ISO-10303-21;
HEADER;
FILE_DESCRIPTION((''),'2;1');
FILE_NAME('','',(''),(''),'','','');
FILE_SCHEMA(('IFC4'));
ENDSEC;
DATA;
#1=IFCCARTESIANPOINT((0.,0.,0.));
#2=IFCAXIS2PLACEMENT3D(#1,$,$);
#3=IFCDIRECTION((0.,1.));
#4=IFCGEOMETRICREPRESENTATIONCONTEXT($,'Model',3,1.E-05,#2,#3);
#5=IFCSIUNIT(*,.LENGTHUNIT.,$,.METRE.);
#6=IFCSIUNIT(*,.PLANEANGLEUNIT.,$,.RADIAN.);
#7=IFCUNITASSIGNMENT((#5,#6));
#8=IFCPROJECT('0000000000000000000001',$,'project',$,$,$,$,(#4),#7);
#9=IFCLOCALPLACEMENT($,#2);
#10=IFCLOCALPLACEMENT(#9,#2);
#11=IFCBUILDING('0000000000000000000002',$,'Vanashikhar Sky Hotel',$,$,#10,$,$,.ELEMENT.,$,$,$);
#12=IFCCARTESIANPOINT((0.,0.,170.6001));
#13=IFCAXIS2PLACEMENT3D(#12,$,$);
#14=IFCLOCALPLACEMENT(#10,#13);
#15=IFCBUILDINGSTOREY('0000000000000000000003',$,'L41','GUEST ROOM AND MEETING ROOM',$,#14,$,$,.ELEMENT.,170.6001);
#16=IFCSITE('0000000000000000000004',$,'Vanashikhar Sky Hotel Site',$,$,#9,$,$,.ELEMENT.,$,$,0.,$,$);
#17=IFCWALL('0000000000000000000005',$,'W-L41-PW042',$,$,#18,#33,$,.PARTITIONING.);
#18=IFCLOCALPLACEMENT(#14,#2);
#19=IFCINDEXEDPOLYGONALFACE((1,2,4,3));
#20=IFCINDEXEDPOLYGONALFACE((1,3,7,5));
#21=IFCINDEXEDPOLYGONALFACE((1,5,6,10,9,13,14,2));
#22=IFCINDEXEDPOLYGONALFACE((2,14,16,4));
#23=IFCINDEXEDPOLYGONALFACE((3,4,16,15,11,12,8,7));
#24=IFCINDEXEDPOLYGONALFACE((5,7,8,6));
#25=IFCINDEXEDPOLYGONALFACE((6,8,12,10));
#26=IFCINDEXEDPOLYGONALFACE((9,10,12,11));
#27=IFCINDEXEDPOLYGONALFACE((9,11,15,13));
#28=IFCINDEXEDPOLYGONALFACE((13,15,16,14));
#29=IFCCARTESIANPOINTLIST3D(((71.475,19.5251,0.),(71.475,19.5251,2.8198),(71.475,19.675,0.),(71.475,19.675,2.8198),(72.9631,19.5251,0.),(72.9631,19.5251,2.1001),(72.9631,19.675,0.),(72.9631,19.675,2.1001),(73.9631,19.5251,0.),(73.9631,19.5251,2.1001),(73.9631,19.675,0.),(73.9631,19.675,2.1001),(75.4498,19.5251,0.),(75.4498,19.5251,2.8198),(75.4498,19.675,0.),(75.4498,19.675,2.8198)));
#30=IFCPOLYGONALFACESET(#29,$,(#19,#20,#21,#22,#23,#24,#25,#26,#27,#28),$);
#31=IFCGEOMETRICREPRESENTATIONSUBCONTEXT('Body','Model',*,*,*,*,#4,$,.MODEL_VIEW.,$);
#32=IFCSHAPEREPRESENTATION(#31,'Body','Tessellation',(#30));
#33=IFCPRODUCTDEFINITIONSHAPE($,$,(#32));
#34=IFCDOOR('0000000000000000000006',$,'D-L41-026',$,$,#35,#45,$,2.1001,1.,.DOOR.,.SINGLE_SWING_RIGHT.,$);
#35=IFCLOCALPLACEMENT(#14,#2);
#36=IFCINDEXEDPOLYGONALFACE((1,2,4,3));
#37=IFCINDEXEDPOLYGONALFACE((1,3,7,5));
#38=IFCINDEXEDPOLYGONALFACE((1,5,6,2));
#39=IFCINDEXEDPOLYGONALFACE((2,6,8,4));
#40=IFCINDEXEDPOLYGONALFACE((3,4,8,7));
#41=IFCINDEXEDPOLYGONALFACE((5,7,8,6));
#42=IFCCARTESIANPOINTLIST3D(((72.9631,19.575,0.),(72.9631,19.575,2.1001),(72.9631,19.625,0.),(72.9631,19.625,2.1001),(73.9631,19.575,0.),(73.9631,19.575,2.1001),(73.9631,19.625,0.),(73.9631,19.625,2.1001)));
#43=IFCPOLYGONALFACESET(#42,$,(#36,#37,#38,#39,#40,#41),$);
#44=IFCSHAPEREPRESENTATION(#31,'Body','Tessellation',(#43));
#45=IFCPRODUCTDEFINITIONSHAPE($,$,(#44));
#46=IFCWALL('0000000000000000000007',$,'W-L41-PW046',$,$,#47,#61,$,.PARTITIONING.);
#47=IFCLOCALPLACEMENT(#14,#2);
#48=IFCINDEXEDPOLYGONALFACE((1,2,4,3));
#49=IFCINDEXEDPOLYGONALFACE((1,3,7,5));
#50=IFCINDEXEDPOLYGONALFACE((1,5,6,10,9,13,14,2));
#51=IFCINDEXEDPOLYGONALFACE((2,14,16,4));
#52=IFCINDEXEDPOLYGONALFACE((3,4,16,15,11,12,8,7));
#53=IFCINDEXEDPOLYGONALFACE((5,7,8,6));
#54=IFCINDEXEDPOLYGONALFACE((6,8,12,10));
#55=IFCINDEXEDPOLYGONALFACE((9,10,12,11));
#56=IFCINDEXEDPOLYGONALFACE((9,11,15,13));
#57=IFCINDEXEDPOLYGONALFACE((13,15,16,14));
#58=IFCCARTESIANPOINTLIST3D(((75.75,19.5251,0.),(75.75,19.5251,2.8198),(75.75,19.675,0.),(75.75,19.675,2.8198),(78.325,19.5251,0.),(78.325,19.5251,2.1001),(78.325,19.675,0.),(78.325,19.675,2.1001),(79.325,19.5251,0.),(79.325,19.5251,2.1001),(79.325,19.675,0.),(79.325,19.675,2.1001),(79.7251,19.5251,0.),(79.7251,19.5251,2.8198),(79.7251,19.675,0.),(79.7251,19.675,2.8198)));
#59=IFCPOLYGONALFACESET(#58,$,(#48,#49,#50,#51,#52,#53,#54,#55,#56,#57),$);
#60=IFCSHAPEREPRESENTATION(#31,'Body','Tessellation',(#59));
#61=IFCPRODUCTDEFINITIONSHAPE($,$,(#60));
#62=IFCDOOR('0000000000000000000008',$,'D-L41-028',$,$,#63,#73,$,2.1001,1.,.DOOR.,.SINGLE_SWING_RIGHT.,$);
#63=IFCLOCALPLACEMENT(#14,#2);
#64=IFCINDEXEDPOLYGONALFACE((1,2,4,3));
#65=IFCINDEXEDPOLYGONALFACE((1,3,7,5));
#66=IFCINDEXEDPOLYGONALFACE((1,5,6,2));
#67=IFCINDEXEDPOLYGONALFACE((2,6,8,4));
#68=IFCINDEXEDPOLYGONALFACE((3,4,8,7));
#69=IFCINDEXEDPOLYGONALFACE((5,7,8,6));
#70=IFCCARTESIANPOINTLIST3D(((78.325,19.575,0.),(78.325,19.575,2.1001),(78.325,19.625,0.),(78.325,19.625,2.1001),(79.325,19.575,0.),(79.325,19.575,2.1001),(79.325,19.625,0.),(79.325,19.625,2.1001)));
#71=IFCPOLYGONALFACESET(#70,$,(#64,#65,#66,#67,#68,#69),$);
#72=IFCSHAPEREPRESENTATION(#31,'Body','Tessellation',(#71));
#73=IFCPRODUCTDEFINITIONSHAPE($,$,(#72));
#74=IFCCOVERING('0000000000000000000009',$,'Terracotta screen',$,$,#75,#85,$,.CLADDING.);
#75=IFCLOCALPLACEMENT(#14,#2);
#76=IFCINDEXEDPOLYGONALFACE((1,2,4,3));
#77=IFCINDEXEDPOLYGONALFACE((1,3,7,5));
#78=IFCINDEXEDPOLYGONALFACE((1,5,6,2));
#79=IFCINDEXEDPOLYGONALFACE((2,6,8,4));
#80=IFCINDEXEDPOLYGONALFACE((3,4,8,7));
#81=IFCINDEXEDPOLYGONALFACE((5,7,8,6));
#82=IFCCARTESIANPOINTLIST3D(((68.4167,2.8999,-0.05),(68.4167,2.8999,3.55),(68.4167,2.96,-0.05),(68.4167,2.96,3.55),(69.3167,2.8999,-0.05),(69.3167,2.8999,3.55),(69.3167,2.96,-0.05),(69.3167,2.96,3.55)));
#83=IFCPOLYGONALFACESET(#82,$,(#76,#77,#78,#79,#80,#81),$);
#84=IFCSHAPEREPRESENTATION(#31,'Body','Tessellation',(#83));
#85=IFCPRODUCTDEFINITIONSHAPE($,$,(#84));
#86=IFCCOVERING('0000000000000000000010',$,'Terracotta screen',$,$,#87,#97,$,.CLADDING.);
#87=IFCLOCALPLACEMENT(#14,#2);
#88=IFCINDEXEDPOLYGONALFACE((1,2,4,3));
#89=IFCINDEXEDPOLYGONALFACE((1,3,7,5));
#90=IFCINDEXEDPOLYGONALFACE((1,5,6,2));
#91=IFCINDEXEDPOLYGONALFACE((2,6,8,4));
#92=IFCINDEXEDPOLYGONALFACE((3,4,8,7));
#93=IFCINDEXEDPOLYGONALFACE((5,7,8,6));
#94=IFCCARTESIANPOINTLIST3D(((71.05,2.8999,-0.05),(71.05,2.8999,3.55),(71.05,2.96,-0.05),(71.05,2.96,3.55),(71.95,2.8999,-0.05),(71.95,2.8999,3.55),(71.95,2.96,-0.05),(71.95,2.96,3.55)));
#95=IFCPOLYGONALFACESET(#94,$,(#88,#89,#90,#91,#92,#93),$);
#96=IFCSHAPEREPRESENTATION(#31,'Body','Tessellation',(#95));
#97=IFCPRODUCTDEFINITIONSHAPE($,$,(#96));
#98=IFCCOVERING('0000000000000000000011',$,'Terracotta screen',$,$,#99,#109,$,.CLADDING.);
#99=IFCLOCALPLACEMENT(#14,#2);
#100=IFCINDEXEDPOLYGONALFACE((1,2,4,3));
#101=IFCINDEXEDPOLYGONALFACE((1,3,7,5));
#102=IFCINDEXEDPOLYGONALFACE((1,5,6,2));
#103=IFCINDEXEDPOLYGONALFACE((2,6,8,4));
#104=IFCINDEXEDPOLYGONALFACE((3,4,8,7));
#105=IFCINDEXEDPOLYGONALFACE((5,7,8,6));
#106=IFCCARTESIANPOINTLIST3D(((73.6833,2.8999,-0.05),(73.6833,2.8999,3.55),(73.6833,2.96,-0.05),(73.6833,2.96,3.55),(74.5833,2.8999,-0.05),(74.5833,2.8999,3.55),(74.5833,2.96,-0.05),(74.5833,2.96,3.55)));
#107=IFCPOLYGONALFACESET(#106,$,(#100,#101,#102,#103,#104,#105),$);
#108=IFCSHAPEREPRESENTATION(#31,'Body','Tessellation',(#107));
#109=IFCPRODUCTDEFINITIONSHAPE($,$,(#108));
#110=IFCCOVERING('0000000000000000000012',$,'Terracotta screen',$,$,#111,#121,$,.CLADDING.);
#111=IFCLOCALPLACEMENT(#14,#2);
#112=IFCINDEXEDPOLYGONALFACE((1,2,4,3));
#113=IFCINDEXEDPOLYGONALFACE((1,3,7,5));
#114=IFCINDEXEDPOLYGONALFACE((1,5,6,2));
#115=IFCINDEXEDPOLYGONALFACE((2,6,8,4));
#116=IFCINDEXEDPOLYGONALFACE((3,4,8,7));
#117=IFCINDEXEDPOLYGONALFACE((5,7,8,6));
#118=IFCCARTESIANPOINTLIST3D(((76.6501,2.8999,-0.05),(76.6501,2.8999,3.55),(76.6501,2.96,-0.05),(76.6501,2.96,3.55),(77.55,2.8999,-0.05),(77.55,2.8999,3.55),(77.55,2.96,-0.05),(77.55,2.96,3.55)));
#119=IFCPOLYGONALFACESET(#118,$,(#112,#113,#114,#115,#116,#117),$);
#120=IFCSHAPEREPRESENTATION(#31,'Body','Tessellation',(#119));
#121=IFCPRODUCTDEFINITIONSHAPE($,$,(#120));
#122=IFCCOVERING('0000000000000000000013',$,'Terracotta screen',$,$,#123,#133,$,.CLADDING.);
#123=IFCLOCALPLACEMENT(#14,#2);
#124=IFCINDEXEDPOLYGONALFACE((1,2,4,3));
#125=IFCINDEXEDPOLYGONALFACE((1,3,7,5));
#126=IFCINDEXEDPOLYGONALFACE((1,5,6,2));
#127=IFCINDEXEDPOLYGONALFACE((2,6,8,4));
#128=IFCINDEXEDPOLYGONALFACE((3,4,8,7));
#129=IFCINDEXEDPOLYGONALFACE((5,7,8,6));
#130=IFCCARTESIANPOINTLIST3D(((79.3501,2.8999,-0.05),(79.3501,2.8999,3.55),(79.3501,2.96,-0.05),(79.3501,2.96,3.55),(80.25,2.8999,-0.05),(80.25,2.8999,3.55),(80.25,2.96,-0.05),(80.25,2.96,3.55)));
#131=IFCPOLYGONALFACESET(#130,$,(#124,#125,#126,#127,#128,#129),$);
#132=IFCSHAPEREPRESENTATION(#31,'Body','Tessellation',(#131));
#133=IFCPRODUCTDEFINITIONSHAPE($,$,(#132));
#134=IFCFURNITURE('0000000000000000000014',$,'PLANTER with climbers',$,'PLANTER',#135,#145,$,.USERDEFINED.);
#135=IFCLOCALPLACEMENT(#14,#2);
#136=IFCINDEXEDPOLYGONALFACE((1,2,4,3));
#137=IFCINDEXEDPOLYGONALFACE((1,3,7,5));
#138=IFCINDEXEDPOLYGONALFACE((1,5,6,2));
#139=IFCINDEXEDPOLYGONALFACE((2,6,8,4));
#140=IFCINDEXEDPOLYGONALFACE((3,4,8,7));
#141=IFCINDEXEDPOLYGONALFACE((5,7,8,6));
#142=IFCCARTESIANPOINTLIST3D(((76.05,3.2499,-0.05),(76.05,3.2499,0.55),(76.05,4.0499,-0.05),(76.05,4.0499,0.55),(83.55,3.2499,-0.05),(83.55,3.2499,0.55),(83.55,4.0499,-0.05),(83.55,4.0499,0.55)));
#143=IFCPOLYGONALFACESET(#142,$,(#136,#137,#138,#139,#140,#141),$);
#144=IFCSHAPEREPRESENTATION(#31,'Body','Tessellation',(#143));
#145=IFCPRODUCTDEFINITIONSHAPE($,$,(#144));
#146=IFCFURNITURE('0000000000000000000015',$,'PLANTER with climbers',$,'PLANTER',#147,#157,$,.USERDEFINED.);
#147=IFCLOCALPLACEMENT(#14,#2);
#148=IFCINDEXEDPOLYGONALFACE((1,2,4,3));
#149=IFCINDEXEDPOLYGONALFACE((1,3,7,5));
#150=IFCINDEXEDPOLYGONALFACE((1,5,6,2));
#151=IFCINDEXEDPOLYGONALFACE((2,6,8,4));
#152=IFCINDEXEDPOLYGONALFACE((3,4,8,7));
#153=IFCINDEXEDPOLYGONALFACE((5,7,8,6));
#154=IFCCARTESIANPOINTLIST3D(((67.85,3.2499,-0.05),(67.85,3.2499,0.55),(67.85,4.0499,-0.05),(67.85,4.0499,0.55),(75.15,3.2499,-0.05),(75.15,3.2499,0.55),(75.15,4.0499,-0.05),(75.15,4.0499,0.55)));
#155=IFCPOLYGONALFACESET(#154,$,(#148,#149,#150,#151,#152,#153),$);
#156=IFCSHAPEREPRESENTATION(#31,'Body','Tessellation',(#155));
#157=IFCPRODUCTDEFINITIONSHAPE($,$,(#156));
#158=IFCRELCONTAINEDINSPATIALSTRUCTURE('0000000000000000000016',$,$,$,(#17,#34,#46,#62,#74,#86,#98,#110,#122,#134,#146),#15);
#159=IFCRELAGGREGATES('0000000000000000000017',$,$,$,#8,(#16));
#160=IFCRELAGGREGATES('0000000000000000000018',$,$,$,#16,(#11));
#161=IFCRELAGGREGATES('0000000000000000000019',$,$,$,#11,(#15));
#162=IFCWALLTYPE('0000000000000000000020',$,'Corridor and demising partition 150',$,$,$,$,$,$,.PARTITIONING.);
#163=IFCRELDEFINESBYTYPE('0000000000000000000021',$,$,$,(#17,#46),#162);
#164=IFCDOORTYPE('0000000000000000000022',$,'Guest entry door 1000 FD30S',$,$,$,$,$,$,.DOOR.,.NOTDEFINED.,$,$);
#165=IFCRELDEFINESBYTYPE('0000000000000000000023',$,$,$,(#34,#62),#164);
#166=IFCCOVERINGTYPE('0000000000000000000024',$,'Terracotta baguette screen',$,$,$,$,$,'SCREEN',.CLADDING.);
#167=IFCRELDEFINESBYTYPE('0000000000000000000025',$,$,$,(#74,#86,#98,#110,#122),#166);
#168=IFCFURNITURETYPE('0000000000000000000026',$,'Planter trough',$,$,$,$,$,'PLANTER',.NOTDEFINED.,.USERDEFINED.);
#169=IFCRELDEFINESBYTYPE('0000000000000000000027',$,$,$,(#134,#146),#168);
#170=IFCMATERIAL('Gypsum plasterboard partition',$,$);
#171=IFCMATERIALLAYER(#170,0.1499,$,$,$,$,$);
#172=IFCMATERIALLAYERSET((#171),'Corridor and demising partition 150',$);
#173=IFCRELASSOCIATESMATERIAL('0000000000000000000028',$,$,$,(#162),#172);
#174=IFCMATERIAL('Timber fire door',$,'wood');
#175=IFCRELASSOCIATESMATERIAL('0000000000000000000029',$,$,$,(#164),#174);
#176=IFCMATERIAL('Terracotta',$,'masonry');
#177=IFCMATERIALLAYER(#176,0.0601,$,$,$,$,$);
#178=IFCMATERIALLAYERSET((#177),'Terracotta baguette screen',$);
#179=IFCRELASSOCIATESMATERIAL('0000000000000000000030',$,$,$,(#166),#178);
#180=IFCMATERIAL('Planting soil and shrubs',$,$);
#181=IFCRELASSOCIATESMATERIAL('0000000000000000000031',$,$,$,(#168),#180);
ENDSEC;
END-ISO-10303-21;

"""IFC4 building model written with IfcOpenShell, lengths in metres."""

from ifc_helpers import new_model, si_unit, direction, frame, frame_2d, origin, origin_2d, place, context, subcontext, project, spatial, rectangle, extrude, source, transform, mapped, material, layer, layer_set, type_object, element, fill, save


model = new_model("IFC4")

# Units and contexts
model_context = context("Model", 3, precision=1e-05, world=origin(), true_north=direction((0.0, 1.0)))
body_context = subcontext(model_context, "Body", "Model", "MODEL_VIEW")
ifc_project = project(units=[si_unit("LENGTHUNIT", "METRE"), si_unit("PLANEANGLEUNIT", "RADIAN")], contexts=[model_context])

# Site, building, storey
site_placement = place(None, origin())
site = spatial("IfcSite", under=ifc_project, at=site_placement, Name="Vanashikhar Sky Hotel Site", CompositionType="ELEMENT", RefElevation=0.0)
building_placement = place(site_placement, origin())
building = spatial("IfcBuilding", under=site, at=building_placement, Name="Vanashikhar Sky Hotel", CompositionType="ELEMENT")
storey_placement = place(building_placement, frame((0.0, 0.0, 170.6001)))
storey = spatial("IfcBuildingStorey", under=building, at=storey_placement, Name="L41", Description="GUEST ROOM AND MEETING ROOM", CompositionType="ELEMENT", Elevation=170.6001)

# Shared definitions
ifc_material_1 = material(Name="Gypsum plasterboard partition")
ifc_layer_1 = layer(ifc_material_1, 0.1499)
ifc_layer_set_1 = layer_set([ifc_layer_1], Name="Corridor and demising partition 150")
wall_type_1 = type_object("IfcWallType", Name="Corridor and demising partition 150", PredefinedType="PARTITIONING", material=ifc_layer_set_1)

# Walls, openings, doors
shared_shape_1 = source(origin(), body_context, "Body", "SweptSolid", [
    extrude(rectangle(XDim=3.9749, YDim=0.1499, at=frame_2d((1.9873, 0.0))), origin(), (0.0, 0.0, 1.0), 2.8198),
])
wall_1_placement = place(storey_placement, frame((71.4751, 19.6001, 0.0), z_axis=(0.0, 0.0, 1.0), x_axis=(1.0, 0.0, 0.0)))
wall_1 = element("IfcWall", 1, at=wall_1_placement, inside=storey, type_object=wall_type_1, Name="W-L41-PW042", PredefinedType="PARTITIONING", context=body_context, shape_type="MappedRepresentation", body=[
    mapped(shared_shape_1, transform((0.0, 0.0, 0.0), scale=1.0)),
])
shared_shape_2 = source(origin(), body_context, "Body", "SweptSolid", [
    extrude(rectangle(XDim=1.0, YDim=2.1001, at=frame_2d((0.5, 1.05))), frame((0.0, 0.085, 0.0), z_axis=(0.0, -1.0, 0.0), x_axis=(1.0, 0.0, 0.0)), (0.0, 0.0, 1.0), 0.1699),
])
opening_1_placement = place(wall_1_placement, frame((1.488, 0.0, 0.0)))
opening_1 = element("IfcOpeningElement", 2, at=opening_1_placement, cuts=wall_1, PredefinedType="OPENING", context=body_context, shape_type="MappedRepresentation", body=[
    mapped(shared_shape_2, transform((0.0, 0.0, 0.0), scale=1.0)),
])
ifc_material_2 = material(Name="Timber fire door", Category="wood")
door_type_1 = type_object("IfcDoorType", Name="Guest entry door 1000 FD30S", OperationType="NOTDEFINED", PredefinedType="DOOR", material=ifc_material_2)
shared_shape_3 = source(origin(), body_context, "Body", "SweptSolid", [
    extrude(rectangle(XDim=1.0, YDim=2.1001, at=frame_2d((0.5, 1.05))), frame((0.0, 0.0249, 0.0), z_axis=(0.0, -1.0, 0.0), x_axis=(1.0, 0.0, 0.0)), (0.0, 0.0, 1.0), 0.05),
])
door_1_placement = place(opening_1_placement, origin())
door_1 = element("IfcDoor", 3, at=door_1_placement, inside=storey, type_object=door_type_1, Name="D-L41-026", OperationType="SINGLE_SWING_RIGHT", OverallHeight=2.1001, OverallWidth=1.0, PredefinedType="DOOR", context=body_context, shape_type="MappedRepresentation", body=[
    mapped(shared_shape_3, transform((0.0, 0.0, 0.0), scale=1.0)),
])
fill(opening_1, door_1)
shared_shape_4 = source(origin(), body_context, "Body", "SweptSolid", [
    extrude(rectangle(XDim=3.9751, YDim=0.1499, at=frame_2d((1.9875, 0.0))), origin(), (0.0, 0.0, 1.0), 2.8198),
])
wall_2_placement = place(storey_placement, frame((75.75, 19.6001, 0.0), z_axis=(0.0, 0.0, 1.0), x_axis=(1.0, 0.0, 0.0)))
wall_2 = element("IfcWall", 4, at=wall_2_placement, inside=storey, type_object=wall_type_1, Name="W-L41-PW046", PredefinedType="PARTITIONING", context=body_context, shape_type="MappedRepresentation", body=[
    mapped(shared_shape_4, transform((0.0, 0.0, 0.0), scale=1.0)),
])
opening_2_placement = place(wall_2_placement, frame((2.575, 0.0, 0.0)))
opening_2 = element("IfcOpeningElement", 5, at=opening_2_placement, cuts=wall_2, PredefinedType="OPENING", context=body_context, shape_type="MappedRepresentation", body=[
    mapped(shared_shape_2, transform((0.0, 0.0, 0.0), scale=1.0)),
])
door_2_placement = place(opening_2_placement, origin())
door_2 = element("IfcDoor", 6, at=door_2_placement, inside=storey, type_object=door_type_1, Name="D-L41-028", OperationType="SINGLE_SWING_RIGHT", OverallHeight=2.1001, OverallWidth=1.0, PredefinedType="DOOR", context=body_context, shape_type="MappedRepresentation", body=[
    mapped(shared_shape_3, transform((0.0, 0.0, 0.0), scale=1.0)),
])
fill(opening_2, door_2)

# Coverings
ifc_material_3 = material(Name="Terracotta", Category="masonry")
ifc_layer_2 = layer(ifc_material_3, 0.0601)
ifc_layer_set_2 = layer_set([ifc_layer_2], Name="Terracotta baguette screen")
covering_type = type_object("IfcCoveringType", Name="Terracotta baguette screen", ElementType="SCREEN", PredefinedType="CLADDING", material=ifc_layer_set_2)
shared_shape_5 = source(origin(), body_context, "Body", "SweptSolid", [
    extrude(rectangle(XDim=0.8999, YDim=0.0601, at=origin_2d()), origin(), (0.0, 0.0, 1.0), 3.6001),
])
for number, where, z_axis, x_axis, name in (
    (7, (68.8667, 2.9299, -0.05), (0.0, 0.0, 1.0), (1.0, 0.0, 0.0), "Terracotta screen"),
    (8, (71.5, 2.9299, -0.05), (0.0, 0.0, 1.0), (1.0, 0.0, 0.0), "Terracotta screen"),
    (9, (74.1333, 2.9299, -0.05), (0.0, 0.0, 1.0), (1.0, 0.0, 0.0), "Terracotta screen"),
    (10, (77.1001, 2.9299, -0.05), (0.0, 0.0, 1.0), (1.0, 0.0, 0.0), "Terracotta screen"),
    (11, (79.8, 2.9299, -0.05), (0.0, 0.0, 1.0), (1.0, 0.0, 0.0), "Terracotta screen"),
):
    element("IfcCovering", number, at=place(storey_placement, frame(where, z_axis=z_axis, x_axis=x_axis)), inside=storey, type_object=covering_type, Name=name, PredefinedType="CLADDING", context=body_context, shape_type="MappedRepresentation", body=[
        mapped(shared_shape_5, transform((0.0, 0.0, 0.0), scale=1.0)),
    ])

# Furniture
ifc_material_4 = material(Name="Planting soil and shrubs")
furniture_type = type_object("IfcFurnitureType", Name="Planter trough", ElementType="PLANTER", AssemblyPlace="NOTDEFINED", PredefinedType="USERDEFINED", material=ifc_material_4)
shared_shape_6 = source(origin(), body_context, "Body", "SweptSolid", [
    extrude(rectangle(XDim=7.5, YDim=0.8, at=origin_2d()), origin(), (0.0, 0.0, 1.0), 0.6001),
])
furniture_1_placement = place(storey_placement, frame((79.8, 3.6499, -0.05), z_axis=(0.0, 0.0, 1.0), x_axis=(1.0, 0.0, 0.0)))
element("IfcFurniture", 12, at=furniture_1_placement, inside=storey, type_object=furniture_type, Name="PLANTER with climbers", ObjectType="PLANTER", PredefinedType="USERDEFINED", context=body_context, shape_type="MappedRepresentation", body=[
    mapped(shared_shape_6, transform((0.0, 0.0, 0.0), scale=1.0)),
])
shared_shape_7 = source(origin(), body_context, "Body", "SweptSolid", [
    extrude(rectangle(XDim=7.3, YDim=0.8, at=origin_2d()), origin(), (0.0, 0.0, 1.0), 0.6001),
])
furniture_2_placement = place(storey_placement, frame((71.5, 3.6499, -0.05), z_axis=(0.0, 0.0, 1.0), x_axis=(1.0, 0.0, 0.0)))
element("IfcFurniture", 13, at=furniture_2_placement, inside=storey, type_object=furniture_type, Name="PLANTER with climbers", ObjectType="PLANTER", PredefinedType="USERDEFINED", context=body_context, shape_type="MappedRepresentation", body=[
    mapped(shared_shape_7, transform((0.0, 0.0, 0.0), scale=1.0)),
])

save(model, "model.ifc")
